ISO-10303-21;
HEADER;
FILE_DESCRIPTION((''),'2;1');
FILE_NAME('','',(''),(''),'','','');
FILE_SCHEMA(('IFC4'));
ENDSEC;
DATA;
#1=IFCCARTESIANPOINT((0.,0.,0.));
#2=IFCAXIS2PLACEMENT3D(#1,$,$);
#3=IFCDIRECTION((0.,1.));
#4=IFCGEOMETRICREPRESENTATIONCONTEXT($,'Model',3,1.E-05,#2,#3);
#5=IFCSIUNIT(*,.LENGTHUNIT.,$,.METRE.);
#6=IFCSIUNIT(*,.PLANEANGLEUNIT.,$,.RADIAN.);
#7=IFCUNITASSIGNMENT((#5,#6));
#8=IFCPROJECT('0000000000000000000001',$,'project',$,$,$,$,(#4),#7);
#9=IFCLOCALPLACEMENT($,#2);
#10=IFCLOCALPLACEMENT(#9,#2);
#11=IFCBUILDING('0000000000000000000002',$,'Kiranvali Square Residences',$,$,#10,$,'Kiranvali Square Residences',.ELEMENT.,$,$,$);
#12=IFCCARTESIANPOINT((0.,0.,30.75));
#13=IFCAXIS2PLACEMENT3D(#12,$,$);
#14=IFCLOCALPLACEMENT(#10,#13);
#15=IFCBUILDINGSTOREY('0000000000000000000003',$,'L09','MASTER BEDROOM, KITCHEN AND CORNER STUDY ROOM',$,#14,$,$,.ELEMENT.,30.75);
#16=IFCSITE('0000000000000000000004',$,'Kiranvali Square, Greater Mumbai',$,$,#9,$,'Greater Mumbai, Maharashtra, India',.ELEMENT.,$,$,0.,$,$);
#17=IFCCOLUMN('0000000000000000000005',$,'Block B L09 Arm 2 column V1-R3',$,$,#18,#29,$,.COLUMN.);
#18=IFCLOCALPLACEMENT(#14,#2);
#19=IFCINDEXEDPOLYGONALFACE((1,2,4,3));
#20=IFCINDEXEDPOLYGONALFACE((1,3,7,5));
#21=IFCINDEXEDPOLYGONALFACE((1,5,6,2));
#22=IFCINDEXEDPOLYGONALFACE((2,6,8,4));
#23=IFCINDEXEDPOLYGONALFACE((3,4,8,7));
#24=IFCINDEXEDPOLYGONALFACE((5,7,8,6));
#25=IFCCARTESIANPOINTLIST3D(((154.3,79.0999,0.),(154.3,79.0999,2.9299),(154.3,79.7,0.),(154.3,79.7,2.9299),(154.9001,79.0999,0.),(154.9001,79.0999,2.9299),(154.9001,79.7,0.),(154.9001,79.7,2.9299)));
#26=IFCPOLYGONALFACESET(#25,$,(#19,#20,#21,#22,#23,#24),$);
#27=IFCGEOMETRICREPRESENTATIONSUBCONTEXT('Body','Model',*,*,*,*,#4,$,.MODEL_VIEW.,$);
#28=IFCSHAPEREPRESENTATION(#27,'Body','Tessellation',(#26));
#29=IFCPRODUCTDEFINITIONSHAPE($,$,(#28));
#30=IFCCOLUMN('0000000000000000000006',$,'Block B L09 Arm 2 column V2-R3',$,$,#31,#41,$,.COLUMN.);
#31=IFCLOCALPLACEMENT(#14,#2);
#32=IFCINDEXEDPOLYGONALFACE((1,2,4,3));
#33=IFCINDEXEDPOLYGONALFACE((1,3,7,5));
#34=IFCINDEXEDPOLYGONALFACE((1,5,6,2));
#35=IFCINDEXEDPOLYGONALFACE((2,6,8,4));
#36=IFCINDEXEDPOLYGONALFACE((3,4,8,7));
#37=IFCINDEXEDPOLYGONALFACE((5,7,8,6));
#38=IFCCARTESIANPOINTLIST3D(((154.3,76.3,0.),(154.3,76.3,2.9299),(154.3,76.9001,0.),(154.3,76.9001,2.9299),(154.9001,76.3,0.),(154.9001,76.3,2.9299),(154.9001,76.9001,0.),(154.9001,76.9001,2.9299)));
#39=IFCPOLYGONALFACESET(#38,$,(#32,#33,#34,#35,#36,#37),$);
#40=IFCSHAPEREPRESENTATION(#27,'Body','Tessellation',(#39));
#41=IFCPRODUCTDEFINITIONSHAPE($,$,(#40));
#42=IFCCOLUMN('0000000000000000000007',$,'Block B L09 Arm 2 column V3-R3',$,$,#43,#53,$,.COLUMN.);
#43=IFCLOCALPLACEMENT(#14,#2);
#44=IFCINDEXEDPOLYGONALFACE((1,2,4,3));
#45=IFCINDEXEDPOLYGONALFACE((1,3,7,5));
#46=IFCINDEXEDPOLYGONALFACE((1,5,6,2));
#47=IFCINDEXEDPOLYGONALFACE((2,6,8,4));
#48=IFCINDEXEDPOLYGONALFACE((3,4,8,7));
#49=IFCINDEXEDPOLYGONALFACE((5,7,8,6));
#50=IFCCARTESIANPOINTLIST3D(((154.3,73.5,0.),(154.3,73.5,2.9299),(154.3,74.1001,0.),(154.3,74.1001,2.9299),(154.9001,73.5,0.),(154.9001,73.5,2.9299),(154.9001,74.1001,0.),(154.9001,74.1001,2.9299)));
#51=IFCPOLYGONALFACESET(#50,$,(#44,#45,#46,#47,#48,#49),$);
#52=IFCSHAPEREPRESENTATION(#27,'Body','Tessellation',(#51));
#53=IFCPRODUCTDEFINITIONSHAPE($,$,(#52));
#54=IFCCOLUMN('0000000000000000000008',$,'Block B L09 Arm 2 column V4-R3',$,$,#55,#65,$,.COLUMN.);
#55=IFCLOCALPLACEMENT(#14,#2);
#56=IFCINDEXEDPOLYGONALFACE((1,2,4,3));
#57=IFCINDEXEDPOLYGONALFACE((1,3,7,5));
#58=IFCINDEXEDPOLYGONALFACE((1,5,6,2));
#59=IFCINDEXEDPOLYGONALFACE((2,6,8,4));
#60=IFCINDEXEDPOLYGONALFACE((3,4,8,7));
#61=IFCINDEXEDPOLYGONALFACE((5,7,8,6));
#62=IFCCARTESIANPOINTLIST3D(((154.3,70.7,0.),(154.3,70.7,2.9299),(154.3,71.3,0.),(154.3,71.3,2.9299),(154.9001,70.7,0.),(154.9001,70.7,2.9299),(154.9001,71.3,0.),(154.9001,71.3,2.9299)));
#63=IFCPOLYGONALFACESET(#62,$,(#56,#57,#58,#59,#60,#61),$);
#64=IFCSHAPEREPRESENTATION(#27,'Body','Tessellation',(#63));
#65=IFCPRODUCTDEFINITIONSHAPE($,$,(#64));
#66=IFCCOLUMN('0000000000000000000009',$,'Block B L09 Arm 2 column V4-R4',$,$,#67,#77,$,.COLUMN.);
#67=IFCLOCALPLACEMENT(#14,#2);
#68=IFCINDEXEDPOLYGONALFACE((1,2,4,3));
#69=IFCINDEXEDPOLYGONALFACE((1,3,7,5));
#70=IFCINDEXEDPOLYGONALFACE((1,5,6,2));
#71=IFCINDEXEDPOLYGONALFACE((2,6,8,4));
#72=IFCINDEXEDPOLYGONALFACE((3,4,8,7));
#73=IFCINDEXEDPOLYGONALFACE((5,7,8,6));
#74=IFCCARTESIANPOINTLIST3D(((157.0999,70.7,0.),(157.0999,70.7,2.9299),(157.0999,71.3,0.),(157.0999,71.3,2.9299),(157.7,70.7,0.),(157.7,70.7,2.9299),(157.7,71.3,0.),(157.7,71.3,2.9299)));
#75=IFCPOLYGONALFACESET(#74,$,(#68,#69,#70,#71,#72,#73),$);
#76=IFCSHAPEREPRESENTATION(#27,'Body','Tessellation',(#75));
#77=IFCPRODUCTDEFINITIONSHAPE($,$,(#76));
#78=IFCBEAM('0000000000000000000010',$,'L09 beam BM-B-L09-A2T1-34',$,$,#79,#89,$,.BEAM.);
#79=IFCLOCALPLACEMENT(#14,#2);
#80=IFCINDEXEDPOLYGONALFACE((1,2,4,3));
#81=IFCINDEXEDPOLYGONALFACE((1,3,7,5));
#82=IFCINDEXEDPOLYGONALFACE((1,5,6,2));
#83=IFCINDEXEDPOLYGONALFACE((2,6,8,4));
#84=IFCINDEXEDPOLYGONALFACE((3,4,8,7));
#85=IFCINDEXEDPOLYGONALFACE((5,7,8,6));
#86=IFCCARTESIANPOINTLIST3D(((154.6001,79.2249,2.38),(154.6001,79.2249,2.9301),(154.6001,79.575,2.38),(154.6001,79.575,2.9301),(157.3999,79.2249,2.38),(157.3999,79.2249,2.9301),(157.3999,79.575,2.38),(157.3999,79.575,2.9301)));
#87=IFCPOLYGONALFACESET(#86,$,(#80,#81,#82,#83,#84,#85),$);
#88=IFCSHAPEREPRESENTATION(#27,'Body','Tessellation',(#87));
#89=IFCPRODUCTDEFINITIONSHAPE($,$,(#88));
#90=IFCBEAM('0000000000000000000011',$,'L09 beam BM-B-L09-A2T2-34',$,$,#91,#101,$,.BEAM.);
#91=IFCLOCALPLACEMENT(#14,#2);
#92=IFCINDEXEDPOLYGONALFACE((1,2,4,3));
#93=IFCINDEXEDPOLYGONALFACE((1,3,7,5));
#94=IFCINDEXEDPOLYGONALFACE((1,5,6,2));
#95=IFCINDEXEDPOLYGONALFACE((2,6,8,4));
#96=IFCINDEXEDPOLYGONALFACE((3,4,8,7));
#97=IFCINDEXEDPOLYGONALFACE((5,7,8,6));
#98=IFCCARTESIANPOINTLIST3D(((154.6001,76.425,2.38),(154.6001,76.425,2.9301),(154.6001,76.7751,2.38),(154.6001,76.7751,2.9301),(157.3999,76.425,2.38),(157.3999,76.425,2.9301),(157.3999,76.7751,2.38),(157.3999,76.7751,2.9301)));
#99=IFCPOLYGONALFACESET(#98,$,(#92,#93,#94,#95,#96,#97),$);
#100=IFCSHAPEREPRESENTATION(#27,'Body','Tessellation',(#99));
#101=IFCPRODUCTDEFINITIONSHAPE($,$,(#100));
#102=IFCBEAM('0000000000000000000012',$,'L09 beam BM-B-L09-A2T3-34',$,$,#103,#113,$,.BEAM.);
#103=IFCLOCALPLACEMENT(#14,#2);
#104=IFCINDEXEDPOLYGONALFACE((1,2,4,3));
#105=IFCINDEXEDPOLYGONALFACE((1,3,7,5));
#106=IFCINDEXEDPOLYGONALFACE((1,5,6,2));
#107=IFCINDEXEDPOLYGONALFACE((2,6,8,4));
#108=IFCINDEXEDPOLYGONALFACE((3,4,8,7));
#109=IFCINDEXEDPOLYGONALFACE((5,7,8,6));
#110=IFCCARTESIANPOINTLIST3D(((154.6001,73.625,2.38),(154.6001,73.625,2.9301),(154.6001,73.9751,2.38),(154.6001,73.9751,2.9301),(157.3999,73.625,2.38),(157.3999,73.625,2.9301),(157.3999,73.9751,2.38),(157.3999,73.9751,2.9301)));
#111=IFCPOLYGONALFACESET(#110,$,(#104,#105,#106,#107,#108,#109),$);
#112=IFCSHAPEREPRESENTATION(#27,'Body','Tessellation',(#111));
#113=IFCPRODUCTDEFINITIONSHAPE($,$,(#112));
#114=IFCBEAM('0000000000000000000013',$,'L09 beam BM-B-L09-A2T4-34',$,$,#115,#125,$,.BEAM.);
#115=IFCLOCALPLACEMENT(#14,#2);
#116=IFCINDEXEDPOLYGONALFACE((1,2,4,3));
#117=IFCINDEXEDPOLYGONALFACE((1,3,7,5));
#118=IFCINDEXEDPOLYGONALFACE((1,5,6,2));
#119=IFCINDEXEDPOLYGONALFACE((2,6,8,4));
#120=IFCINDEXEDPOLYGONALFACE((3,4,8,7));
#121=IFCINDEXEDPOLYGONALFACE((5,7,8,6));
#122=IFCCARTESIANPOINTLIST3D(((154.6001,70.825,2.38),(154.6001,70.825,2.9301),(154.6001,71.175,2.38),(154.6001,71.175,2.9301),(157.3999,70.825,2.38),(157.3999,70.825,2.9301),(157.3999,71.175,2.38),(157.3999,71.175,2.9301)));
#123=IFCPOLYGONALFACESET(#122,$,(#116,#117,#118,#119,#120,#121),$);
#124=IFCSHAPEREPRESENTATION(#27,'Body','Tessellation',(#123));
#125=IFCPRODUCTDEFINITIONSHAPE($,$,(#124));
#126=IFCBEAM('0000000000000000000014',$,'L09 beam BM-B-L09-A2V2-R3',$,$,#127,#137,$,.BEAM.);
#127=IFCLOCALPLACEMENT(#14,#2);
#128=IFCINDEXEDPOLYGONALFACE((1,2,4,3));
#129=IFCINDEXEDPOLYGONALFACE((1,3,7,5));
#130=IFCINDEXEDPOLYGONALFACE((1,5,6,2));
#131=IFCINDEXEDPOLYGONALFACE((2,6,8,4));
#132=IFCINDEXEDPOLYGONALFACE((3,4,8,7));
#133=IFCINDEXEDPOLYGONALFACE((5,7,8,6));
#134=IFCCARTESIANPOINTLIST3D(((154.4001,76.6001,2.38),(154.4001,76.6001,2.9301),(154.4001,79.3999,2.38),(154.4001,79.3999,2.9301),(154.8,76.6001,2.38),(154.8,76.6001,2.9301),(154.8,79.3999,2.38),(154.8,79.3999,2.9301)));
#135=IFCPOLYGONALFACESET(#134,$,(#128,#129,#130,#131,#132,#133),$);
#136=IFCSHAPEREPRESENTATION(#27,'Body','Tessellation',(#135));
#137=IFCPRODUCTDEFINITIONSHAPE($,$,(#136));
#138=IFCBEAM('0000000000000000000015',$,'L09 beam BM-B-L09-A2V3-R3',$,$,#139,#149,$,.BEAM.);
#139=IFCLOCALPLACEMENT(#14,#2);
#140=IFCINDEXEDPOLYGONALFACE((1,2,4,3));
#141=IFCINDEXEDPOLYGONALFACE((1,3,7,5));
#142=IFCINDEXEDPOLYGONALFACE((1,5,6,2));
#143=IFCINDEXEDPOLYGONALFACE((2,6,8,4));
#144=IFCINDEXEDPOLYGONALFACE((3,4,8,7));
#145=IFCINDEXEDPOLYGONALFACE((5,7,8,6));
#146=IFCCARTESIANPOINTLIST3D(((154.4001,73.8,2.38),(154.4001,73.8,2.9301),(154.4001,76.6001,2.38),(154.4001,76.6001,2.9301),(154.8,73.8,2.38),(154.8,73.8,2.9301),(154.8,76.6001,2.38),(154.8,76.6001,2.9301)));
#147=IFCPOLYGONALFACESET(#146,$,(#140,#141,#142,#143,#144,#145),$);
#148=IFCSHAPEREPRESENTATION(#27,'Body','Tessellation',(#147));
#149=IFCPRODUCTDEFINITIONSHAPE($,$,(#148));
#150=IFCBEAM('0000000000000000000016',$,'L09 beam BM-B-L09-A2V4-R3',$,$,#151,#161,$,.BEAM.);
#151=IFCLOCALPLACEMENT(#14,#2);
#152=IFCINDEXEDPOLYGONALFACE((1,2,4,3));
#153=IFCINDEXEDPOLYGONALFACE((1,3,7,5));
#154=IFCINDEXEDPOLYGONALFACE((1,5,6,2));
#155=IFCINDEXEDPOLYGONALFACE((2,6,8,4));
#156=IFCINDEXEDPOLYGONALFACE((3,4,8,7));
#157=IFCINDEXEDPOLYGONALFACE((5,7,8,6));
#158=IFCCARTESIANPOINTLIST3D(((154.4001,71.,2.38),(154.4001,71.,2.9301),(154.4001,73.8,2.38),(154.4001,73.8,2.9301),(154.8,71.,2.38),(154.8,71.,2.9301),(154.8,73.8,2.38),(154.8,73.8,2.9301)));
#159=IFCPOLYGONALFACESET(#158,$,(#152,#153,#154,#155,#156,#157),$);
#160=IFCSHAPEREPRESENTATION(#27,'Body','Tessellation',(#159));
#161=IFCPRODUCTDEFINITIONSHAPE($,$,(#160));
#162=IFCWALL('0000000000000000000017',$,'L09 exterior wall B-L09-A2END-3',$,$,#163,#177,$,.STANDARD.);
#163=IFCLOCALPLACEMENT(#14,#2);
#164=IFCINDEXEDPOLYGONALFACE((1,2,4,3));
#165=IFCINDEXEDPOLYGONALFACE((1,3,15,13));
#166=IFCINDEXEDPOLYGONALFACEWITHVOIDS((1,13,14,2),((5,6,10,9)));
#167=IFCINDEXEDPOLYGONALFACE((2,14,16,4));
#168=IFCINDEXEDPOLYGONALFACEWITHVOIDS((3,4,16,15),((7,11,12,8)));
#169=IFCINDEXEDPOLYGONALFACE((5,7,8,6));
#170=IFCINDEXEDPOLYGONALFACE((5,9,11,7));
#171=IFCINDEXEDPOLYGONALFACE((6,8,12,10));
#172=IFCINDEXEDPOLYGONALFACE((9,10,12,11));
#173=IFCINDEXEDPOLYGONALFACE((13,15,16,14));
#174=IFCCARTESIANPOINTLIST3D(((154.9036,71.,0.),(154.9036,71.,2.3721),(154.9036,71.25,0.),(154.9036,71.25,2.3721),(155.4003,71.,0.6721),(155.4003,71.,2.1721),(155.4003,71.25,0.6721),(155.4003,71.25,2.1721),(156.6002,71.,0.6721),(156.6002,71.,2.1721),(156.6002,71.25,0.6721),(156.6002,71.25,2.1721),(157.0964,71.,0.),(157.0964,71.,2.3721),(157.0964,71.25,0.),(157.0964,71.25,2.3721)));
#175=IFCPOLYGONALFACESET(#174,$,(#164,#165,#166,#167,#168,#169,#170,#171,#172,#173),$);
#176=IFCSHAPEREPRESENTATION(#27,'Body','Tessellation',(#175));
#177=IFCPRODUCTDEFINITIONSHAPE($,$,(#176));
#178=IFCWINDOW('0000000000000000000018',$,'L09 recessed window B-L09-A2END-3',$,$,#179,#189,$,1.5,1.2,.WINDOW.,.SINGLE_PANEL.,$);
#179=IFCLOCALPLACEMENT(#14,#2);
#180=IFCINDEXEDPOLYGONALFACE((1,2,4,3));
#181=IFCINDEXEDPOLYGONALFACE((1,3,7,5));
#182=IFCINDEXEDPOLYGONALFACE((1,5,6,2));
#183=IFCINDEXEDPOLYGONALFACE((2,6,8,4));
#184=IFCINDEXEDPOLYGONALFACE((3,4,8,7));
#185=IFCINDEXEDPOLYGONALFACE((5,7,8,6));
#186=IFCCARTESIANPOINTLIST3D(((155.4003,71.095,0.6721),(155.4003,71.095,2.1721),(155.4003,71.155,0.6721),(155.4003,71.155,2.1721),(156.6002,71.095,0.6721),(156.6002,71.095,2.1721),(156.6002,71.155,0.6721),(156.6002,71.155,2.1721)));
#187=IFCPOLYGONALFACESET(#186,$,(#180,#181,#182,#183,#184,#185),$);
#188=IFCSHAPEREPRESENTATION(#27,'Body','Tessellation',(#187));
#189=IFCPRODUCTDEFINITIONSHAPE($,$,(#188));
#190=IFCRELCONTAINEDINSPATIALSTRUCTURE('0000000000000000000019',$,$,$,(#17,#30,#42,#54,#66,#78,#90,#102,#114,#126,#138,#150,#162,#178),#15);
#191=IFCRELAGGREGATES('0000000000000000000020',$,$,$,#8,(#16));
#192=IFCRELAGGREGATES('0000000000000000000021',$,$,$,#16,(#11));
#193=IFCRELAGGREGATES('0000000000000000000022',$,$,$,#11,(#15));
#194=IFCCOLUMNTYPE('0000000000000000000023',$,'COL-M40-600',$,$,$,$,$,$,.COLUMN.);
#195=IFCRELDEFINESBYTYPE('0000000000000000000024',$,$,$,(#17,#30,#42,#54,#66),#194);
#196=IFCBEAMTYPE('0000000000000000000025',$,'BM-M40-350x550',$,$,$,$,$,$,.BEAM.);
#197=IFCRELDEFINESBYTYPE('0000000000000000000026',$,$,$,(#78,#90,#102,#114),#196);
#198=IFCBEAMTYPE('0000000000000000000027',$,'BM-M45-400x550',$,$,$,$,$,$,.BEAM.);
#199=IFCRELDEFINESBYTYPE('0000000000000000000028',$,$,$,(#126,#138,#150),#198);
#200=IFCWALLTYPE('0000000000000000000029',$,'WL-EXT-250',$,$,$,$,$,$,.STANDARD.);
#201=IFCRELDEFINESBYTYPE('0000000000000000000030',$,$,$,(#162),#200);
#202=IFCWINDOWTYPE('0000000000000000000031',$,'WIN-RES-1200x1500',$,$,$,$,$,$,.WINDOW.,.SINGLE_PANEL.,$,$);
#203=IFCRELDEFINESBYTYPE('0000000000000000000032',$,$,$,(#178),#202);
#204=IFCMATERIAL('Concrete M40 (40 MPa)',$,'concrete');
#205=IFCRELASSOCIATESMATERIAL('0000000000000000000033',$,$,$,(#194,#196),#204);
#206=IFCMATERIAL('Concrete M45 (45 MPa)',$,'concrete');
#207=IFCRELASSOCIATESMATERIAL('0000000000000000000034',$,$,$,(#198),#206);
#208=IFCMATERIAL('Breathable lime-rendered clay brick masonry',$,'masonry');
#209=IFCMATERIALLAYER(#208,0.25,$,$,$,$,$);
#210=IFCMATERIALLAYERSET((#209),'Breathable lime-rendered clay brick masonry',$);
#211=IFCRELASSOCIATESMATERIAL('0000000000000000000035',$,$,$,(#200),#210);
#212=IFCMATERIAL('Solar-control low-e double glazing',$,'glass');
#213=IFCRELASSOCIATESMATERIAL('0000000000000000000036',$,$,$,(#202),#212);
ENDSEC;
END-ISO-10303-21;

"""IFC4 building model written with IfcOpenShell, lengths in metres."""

from ifc_helpers import new_model, si_unit, direction, frame, frame_2d, origin, origin_2d, place, context, subcontext, project, spatial, rectangle, extrude, material, layer, layer_set, material_profile, profile_set, type_object, element, fill, save


model = new_model("IFC4")

# Units and contexts
model_context = context("Model", 3, precision=1e-05, world=origin(), true_north=direction((0.0, 1.0)))
body_context = subcontext(model_context, "Body", "Model", "MODEL_VIEW")
ifc_project = project(units=[si_unit("LENGTHUNIT", "METRE"), si_unit("PLANEANGLEUNIT", "RADIAN")], contexts=[model_context])

# Site, building, storey
site_placement = place(None, origin())
site = spatial("IfcSite", under=ifc_project, at=site_placement, Name="Kiranvali Square, Greater Mumbai", LongName="Greater Mumbai, Maharashtra, India", CompositionType="ELEMENT", RefElevation=0.0)
building_placement = place(site_placement, origin())
building = spatial("IfcBuilding", under=site, at=building_placement, Name="Kiranvali Square Residences", LongName="Kiranvali Square Residences", CompositionType="ELEMENT")
storey_placement = place(building_placement, frame((0.0, 0.0, 30.75)))
storey = spatial("IfcBuildingStorey", under=building, at=storey_placement, Name="L09", Description="MASTER BEDROOM, KITCHEN AND CORNER STUDY ROOM", CompositionType="ELEMENT", Elevation=30.75)

# Columns
ifc_material_1 = material(Name="Concrete M40 (40 MPa)", Category="concrete")
ifc_material_profile_1 = material_profile(ifc_material_1, rectangle(XDim=0.6001, YDim=0.6001, at=origin_2d()), Name="RC 600x600")
ifc_profile_set_1 = profile_set([ifc_material_profile_1], Name="Concrete M40 (40 MPa)")
column_type = type_object("IfcColumnType", Name="COL-M40-600", PredefinedType="COLUMN", material=ifc_profile_set_1)
for number, where, z_axis, x_axis, name in (
    (1, (154.6001, 79.3999, 0.0), (0.0, 0.0, 1.0), (1.0, 0.0, 0.0), "Block B L09 Arm 2 column V1-R3"),
    (2, (154.6001, 76.6001, 0.0), (0.0, 0.0, 1.0), (1.0, 0.0, 0.0), "Block B L09 Arm 2 column V2-R3"),
    (3, (154.6001, 73.8, 0.0), (0.0, 0.0, 1.0), (1.0, 0.0, 0.0), "Block B L09 Arm 2 column V3-R3"),
    (4, (154.6001, 71.0, 0.0), (0.0, 0.0, 1.0), (1.0, 0.0, 0.0), "Block B L09 Arm 2 column V4-R3"),
    (5, (157.3999, 71.0, 0.0), (0.0, 0.0, 1.0), (1.0, 0.0, 0.0), "Block B L09 Arm 2 column V4-R4"),
):
    element("IfcColumn", number, at=place(storey_placement, frame(where, z_axis=z_axis, x_axis=x_axis)), inside=storey, type_object=column_type, Name=name, PredefinedType="COLUMN", context=body_context, shape_type="SweptSolid", body=[
        extrude(rectangle(XDim=0.6001, YDim=0.6001, at=origin_2d()), origin(), (0.0, 0.0, 1.0), 2.9299),
    ])

# Beams
ifc_material_profile_2 = material_profile(ifc_material_1, rectangle(XDim=0.3501, YDim=0.55, at=origin_2d()), Name="RC 350x550")
ifc_profile_set_2 = profile_set([ifc_material_profile_2], Name="Concrete M40 (40 MPa)")
beam_type_1 = type_object("IfcBeamType", Name="BM-M40-350x550", PredefinedType="BEAM", material=ifc_profile_set_2)
for number, where, z_axis, x_axis, name in (
    (6, (154.6001, 79.3999, 2.655), (1.0, 0.0, 0.0), (0.0, 1.0, 0.0), "L09 beam BM-B-L09-A2T1-34"),
    (7, (154.6001, 76.6001, 2.655), (1.0, 0.0, 0.0), (0.0, 1.0, 0.0), "L09 beam BM-B-L09-A2T2-34"),
    (8, (154.6001, 73.8, 2.655), (1.0, 0.0, 0.0), (0.0, 1.0, 0.0), "L09 beam BM-B-L09-A2T3-34"),
    (9, (154.6001, 71.0, 2.655), (1.0, 0.0, 0.0), (0.0, 1.0, 0.0), "L09 beam BM-B-L09-A2T4-34"),
):
    element("IfcBeam", number, at=place(storey_placement, frame(where, z_axis=z_axis, x_axis=x_axis)), inside=storey, type_object=beam_type_1, Name=name, PredefinedType="BEAM", context=body_context, shape_type="SweptSolid", body=[
        extrude(rectangle(XDim=0.3501, YDim=0.55, at=origin_2d()), origin(), (0.0, 0.0, 1.0), 2.7998),
    ])
ifc_material_2 = material(Name="Concrete M45 (45 MPa)", Category="concrete")
ifc_material_profile_3 = material_profile(ifc_material_2, rectangle(XDim=0.3999, YDim=0.55, at=origin_2d()), Name="RC 400x550")
ifc_profile_set_3 = profile_set([ifc_material_profile_3], Name="Concrete M45 (45 MPa)")
beam_type_2 = type_object("IfcBeamType", Name="BM-M45-400x550", PredefinedType="BEAM", material=ifc_profile_set_3)
beam_placement = place(storey_placement, frame((154.6001, 79.3999, 2.655), z_axis=(0.0, -1.0, 0.0), x_axis=(1.0, 0.0, 0.0)))
element("IfcBeam", 10, at=beam_placement, inside=storey, type_object=beam_type_2, Name="L09 beam BM-B-L09-A2V2-R3", PredefinedType="BEAM", context=body_context, shape_type="SweptSolid", body=[
    extrude(rectangle(XDim=0.3999, YDim=0.55, at=origin_2d()), origin(), (0.0, 0.0, 1.0), 2.7998),
])
for number, where, z_axis, x_axis, name in (
    (11, (154.6001, 76.6001, 2.655), (0.0, -1.0, 0.0), (1.0, 0.0, 0.0), "L09 beam BM-B-L09-A2V3-R3"),
    (12, (154.6001, 73.8, 2.655), (0.0, -1.0, 0.0), (1.0, 0.0, 0.0), "L09 beam BM-B-L09-A2V4-R3"),
):
    element("IfcBeam", number, at=place(storey_placement, frame(where, z_axis=z_axis, x_axis=x_axis)), inside=storey, type_object=beam_type_2, Name=name, PredefinedType="BEAM", context=body_context, shape_type="SweptSolid", body=[
        extrude(rectangle(XDim=0.3999, YDim=0.55, at=origin_2d()), origin(), (0.0, 0.0, 1.0), 2.8),
    ])

# Wall, opening, window
ifc_material_3 = material(Name="Breathable lime-rendered clay brick masonry", Category="masonry")
ifc_layer_1 = layer(ifc_material_3, 0.25)
ifc_layer_set_1 = layer_set([ifc_layer_1], Name="Breathable lime-rendered clay brick masonry")
wall_type_1 = type_object("IfcWallType", Name="WL-EXT-250", PredefinedType="STANDARD", material=ifc_layer_set_1)
wall_1_placement = place(storey_placement, frame((154.9036, 71.125, 0.0), z_axis=(0.0, 0.0, 1.0), x_axis=(1.0, 0.0, 0.0)))
wall_1 = element("IfcWall", 13, at=wall_1_placement, inside=storey, type_object=wall_type_1, Name="L09 exterior wall B-L09-A2END-3", PredefinedType="STANDARD", context=body_context, shape_type="SweptSolid", body=[
    extrude(rectangle(XDim=2.1929, YDim=0.25, at=frame_2d((1.0964, 0.0))), origin(), (0.0, 0.0, 1.0), 2.3721),
])
opening_1_placement = place(wall_1_placement, frame((0.4966, 0.0, 0.6721)))
opening_1 = element("IfcOpeningElement", 14, at=opening_1_placement, cuts=wall_1, PredefinedType="OPENING", context=body_context, shape_type="SweptSolid", body=[
    extrude(rectangle(XDim=1.2, YDim=1.5, at=frame_2d((0.6001, 0.75))), frame((0.0, 0.135, 0.0), z_axis=(0.0, -1.0, 0.0), x_axis=(1.0, 0.0, 0.0)), (0.0, 0.0, 1.0), 0.27),
])
ifc_material_4 = material(Name="Solar-control low-e double glazing", Category="glass")
window_type = type_object("IfcWindowType", Name="WIN-RES-1200x1500", PartitioningType="SINGLE_PANEL", PredefinedType="WINDOW", material=ifc_material_4)
window_placement = place(opening_1_placement, origin())
window = element("IfcWindow", 15, at=window_placement, inside=storey, type_object=window_type, Name="L09 recessed window B-L09-A2END-3", OverallHeight=1.5, OverallWidth=1.2, PartitioningType="SINGLE_PANEL", PredefinedType="WINDOW", context=body_context, shape_type="SweptSolid", body=[
    extrude(rectangle(XDim=1.2, YDim=1.5, at=frame_2d((0.6001, 0.75))), frame((0.0, 0.03, 0.0), z_axis=(0.0, -1.0, 0.0), x_axis=(1.0, 0.0, 0.0)), (0.0, 0.0, 1.0), 0.0601),
])
fill(opening_1, window)

save(model, "model.ifc")
